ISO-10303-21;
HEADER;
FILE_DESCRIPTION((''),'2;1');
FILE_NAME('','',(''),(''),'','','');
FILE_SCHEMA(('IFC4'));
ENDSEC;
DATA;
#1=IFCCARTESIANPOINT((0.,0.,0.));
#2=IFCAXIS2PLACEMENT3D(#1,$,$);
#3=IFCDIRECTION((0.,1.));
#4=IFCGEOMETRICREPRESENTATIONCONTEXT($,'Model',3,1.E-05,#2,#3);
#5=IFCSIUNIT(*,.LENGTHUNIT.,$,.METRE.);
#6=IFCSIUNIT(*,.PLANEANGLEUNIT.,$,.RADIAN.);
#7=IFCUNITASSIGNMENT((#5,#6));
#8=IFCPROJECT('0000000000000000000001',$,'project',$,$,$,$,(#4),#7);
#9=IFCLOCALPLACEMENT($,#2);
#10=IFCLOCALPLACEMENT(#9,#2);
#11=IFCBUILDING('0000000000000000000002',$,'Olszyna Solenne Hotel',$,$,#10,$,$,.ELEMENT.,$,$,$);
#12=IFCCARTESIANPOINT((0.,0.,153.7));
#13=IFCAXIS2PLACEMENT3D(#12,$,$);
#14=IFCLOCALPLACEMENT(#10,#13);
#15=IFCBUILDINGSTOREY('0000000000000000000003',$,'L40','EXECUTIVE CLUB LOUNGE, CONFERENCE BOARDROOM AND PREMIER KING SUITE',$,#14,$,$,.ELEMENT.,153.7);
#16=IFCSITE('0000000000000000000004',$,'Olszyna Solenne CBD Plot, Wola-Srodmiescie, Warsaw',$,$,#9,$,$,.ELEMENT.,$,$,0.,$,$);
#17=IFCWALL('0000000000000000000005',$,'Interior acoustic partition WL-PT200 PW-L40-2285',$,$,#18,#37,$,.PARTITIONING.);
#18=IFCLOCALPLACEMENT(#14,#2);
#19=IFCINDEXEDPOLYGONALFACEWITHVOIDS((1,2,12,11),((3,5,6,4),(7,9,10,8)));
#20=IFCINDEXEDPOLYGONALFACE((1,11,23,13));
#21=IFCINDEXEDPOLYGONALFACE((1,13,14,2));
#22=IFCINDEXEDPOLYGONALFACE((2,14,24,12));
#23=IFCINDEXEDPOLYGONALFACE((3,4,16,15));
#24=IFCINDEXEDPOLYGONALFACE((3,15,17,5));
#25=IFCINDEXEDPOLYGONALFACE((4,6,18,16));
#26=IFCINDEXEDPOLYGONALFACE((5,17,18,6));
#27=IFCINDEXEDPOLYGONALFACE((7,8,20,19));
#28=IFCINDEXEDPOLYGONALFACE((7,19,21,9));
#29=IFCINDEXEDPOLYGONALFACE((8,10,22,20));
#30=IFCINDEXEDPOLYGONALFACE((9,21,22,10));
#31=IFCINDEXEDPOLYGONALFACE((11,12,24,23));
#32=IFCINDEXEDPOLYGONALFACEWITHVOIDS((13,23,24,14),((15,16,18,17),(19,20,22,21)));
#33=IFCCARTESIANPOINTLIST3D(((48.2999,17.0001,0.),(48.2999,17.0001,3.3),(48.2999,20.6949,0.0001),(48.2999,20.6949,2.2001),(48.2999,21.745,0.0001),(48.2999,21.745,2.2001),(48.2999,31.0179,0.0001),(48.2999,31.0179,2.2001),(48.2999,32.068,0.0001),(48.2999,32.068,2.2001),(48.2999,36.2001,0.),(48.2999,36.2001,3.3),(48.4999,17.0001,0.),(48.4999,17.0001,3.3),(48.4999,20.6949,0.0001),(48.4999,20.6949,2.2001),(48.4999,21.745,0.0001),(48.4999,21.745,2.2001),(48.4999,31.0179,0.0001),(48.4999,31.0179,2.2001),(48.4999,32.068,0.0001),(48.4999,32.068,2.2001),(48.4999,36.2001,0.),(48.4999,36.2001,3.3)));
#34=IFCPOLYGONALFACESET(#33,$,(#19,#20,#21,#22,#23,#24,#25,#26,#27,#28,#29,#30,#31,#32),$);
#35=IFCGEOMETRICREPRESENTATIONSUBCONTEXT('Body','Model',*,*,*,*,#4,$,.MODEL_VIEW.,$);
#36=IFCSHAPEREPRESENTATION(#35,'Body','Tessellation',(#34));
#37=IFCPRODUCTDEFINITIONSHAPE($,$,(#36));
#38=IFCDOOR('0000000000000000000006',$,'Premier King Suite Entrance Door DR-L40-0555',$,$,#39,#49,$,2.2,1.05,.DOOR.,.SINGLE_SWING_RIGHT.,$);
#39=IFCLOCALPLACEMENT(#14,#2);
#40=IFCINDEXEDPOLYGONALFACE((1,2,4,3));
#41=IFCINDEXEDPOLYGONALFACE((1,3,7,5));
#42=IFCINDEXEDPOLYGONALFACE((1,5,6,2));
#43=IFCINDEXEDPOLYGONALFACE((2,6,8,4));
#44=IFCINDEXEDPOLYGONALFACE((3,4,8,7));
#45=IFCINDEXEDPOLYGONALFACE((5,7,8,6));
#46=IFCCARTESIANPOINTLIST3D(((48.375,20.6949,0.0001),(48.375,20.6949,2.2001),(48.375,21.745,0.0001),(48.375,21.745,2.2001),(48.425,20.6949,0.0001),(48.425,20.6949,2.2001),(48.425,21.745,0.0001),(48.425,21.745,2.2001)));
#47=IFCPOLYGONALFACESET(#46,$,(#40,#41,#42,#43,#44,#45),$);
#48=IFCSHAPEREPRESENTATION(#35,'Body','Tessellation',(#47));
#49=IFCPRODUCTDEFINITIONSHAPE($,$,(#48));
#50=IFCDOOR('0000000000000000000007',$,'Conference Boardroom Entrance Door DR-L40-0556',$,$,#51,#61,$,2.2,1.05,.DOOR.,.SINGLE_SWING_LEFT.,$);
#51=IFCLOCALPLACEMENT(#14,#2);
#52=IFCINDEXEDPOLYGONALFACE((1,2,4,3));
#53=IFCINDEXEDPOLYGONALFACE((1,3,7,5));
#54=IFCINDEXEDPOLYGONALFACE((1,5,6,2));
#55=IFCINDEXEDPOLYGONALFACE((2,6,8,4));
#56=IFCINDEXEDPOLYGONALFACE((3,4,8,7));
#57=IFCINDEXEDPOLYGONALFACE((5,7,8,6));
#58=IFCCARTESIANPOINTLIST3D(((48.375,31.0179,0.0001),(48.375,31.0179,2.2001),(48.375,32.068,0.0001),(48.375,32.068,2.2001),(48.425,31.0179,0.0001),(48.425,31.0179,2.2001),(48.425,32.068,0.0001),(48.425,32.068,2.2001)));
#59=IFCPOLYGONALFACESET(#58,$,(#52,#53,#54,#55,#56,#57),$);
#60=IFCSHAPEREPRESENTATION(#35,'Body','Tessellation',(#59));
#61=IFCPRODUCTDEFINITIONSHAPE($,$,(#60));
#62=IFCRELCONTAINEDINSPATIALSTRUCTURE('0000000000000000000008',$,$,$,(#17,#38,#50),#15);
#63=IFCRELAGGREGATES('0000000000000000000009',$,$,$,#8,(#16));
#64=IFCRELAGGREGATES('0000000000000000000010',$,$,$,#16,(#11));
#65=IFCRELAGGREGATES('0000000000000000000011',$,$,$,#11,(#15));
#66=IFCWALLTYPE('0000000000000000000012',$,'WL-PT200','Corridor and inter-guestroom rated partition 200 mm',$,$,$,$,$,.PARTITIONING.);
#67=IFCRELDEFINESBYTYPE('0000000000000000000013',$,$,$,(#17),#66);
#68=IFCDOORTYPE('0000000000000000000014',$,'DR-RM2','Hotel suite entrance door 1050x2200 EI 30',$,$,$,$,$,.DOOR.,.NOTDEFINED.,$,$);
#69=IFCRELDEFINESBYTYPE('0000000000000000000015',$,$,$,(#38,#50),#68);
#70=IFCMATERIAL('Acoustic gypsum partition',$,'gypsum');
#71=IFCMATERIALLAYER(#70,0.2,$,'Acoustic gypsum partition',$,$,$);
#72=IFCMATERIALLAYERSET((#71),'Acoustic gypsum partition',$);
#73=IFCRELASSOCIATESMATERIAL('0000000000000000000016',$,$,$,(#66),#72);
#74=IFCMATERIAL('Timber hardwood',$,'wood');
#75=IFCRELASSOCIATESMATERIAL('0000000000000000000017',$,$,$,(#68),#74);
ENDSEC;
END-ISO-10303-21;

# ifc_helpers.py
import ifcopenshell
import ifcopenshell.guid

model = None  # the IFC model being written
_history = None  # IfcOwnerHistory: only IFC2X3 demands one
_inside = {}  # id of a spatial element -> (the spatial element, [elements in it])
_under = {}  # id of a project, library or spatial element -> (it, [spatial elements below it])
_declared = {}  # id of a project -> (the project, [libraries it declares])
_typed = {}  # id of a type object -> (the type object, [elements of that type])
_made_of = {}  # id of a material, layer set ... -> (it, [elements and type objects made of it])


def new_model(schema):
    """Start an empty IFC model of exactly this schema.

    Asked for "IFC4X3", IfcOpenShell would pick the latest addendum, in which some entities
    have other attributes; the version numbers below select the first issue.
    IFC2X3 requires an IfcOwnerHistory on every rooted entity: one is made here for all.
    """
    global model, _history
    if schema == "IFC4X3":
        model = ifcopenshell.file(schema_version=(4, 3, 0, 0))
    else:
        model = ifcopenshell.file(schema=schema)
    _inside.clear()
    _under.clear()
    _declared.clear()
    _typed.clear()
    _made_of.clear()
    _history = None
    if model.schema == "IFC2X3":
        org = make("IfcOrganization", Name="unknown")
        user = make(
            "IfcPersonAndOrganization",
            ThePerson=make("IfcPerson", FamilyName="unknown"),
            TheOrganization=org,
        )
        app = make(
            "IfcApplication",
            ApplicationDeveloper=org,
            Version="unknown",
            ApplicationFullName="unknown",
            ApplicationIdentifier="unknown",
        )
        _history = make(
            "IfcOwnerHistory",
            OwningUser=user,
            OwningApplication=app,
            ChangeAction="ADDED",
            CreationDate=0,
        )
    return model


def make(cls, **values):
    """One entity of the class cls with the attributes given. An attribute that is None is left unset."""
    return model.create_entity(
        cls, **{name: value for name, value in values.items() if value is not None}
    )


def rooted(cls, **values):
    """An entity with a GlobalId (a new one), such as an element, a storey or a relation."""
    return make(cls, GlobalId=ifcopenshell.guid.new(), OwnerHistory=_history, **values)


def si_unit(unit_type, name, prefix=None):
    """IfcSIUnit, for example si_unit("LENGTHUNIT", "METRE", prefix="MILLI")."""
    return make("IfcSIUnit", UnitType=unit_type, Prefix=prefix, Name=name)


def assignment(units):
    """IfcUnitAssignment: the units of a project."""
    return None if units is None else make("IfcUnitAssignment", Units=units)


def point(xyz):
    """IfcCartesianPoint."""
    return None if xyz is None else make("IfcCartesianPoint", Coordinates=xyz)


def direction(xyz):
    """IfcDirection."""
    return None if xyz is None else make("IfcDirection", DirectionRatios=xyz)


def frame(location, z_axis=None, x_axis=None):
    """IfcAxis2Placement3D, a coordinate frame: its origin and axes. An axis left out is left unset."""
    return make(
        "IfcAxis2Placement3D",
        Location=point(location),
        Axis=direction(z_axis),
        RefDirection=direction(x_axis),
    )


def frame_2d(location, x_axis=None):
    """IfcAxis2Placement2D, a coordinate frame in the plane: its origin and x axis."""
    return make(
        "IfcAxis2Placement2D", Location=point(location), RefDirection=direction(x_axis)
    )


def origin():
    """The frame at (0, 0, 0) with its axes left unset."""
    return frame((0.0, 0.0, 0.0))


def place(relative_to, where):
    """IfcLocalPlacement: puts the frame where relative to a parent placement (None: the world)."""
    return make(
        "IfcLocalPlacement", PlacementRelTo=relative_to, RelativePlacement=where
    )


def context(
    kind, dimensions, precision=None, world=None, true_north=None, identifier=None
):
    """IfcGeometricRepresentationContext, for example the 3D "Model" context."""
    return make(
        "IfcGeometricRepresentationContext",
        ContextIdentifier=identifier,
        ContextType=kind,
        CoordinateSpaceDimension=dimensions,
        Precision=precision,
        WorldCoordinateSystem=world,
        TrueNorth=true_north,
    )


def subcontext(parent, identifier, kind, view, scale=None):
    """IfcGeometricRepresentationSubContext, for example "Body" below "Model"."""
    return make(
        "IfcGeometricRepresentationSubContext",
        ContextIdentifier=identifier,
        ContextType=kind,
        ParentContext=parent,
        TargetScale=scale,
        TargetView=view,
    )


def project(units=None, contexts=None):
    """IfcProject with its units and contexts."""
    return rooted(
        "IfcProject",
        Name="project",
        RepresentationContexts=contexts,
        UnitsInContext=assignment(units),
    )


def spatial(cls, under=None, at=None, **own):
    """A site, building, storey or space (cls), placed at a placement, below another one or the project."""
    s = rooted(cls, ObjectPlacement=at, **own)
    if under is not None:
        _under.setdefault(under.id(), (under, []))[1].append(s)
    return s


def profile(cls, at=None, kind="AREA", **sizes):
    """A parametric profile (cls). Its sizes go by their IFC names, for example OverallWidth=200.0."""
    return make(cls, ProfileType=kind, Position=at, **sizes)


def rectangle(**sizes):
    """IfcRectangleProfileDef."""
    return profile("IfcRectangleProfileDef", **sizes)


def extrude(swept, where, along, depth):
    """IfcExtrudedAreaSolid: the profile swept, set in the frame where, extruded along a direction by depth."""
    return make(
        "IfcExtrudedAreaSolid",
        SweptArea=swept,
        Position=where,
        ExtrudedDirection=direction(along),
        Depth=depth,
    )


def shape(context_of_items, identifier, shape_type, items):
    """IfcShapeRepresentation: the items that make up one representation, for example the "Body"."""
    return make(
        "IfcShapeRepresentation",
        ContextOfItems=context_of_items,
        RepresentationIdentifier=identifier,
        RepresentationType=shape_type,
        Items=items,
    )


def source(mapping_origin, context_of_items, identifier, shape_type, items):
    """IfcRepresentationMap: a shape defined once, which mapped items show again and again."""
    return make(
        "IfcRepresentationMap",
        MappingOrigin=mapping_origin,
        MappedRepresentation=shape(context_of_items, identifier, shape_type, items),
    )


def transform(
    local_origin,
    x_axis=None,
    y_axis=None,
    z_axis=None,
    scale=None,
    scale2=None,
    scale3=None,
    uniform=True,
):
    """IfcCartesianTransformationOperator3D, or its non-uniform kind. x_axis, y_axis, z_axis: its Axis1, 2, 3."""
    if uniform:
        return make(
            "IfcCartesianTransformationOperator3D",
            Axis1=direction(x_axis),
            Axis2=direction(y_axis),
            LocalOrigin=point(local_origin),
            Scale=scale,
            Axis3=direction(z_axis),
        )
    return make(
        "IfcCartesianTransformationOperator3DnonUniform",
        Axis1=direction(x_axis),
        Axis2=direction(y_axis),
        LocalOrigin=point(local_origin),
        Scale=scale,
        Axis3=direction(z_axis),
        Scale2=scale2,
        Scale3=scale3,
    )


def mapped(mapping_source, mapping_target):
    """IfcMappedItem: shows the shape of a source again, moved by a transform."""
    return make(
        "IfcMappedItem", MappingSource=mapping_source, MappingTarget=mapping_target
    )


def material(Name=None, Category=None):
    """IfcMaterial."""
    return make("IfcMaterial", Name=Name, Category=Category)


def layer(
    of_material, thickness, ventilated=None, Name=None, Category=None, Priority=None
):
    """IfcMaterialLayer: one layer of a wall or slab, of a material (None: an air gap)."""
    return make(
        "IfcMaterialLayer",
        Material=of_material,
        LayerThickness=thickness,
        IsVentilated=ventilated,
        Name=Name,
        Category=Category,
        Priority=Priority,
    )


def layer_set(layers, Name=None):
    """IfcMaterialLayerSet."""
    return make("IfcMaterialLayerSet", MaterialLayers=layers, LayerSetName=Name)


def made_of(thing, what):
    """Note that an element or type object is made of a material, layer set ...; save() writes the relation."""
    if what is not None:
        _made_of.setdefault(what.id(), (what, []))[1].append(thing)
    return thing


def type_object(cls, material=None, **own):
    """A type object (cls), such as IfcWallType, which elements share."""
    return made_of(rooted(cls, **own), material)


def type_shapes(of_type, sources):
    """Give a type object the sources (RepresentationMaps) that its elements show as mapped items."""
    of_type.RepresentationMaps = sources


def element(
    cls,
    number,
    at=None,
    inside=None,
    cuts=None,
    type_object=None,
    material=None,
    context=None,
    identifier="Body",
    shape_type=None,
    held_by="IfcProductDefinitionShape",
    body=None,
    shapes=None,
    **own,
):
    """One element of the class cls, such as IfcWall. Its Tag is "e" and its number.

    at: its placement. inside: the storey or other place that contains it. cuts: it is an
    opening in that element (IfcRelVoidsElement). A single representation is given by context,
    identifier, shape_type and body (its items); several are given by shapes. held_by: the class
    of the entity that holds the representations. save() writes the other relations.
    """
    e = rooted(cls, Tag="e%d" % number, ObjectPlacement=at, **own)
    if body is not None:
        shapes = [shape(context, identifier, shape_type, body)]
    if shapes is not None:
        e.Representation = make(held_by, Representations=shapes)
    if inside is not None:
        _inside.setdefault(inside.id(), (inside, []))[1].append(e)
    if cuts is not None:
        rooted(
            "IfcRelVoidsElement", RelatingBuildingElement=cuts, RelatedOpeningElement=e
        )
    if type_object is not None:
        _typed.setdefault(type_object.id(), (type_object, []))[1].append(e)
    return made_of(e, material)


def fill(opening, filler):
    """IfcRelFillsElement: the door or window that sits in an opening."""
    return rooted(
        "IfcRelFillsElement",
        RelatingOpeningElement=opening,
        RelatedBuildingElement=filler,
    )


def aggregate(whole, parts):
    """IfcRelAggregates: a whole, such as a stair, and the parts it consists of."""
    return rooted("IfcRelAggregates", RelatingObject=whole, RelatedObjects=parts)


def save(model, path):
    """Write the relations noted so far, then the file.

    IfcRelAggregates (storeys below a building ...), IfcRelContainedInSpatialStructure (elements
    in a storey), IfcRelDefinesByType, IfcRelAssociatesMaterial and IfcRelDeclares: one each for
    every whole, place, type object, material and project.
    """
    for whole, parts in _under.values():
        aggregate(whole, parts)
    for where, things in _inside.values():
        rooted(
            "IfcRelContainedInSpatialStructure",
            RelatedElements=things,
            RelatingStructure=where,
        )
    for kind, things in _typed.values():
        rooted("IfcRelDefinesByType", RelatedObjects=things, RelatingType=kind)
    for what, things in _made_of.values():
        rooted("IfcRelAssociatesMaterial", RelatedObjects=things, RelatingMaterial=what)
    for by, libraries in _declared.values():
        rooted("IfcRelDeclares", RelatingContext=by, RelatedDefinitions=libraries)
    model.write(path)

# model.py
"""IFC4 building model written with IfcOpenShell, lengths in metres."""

from ifc_helpers import new_model, si_unit, direction, frame, frame_2d, origin, place, context, subcontext, project, spatial, rectangle, extrude, source, transform, mapped, material, layer, layer_set, type_object, type_shapes, element, fill, save


model = new_model("IFC4")

# Units and contexts
model_context = context("Model", 3, precision=1e-05, world=origin(), true_north=direction((0.0, 1.0)))
body_context = subcontext(model_context, "Body", "Model", "MODEL_VIEW")
ifc_project = project(units=[si_unit("LENGTHUNIT", "METRE"), si_unit("PLANEANGLEUNIT", "RADIAN")], contexts=[model_context])

# Site, building, storey
site_placement = place(None, origin())
site = spatial("IfcSite", under=ifc_project, at=site_placement, Name="Olszyna Solenne CBD Plot, Wola-Srodmiescie, Warsaw", CompositionType="ELEMENT", RefElevation=0.0)
building_placement = place(site_placement, origin())
building = spatial("IfcBuilding", under=site, at=building_placement, Name="Olszyna Solenne Hotel", CompositionType="ELEMENT")
storey_placement = place(building_placement, frame((0.0, 0.0, 153.7)))
storey = spatial("IfcBuildingStorey", under=building, at=storey_placement, Name="L40", Description="EXECUTIVE CLUB LOUNGE, CONFERENCE BOARDROOM AND PREMIER KING SUITE", CompositionType="ELEMENT", Elevation=153.7)

# Shared definitions
ifc_material_1 = material(Name="Acoustic gypsum partition", Category="gypsum")

# Shared definitions
ifc_layer_1 = layer(ifc_material_1, 0.2, Name="Acoustic gypsum partition")
ifc_layer_set_1 = layer_set([ifc_layer_1], Name="Acoustic gypsum partition")
wall_type_1 = type_object("IfcWallType", Name="WL-PT200", Description="Corridor and inter-guestroom rated partition 200 mm", PredefinedType="PARTITIONING", material=ifc_layer_set_1)

# Wall, openings, doors
wall_1_placement = place(storey_placement, frame((48.3999, 17.0, 0.0), z_axis=(0.0, 0.0, 1.0), x_axis=(0.0, 1.0, 0.0)))
wall_1 = element("IfcWall", 1, at=wall_1_placement, inside=storey, type_object=wall_type_1, Name="Interior acoustic partition WL-PT200 PW-L40-2285", PredefinedType="PARTITIONING", context=body_context, shape_type="SweptSolid", body=[
    extrude(rectangle(XDim=19.2, YDim=0.2, at=frame_2d((9.6001, 0.0))), origin(), (0.0, 0.0, 1.0), 3.3),
])
opening_1_placement = place(wall_1_placement, frame((3.6951, 0.0, 0.0)))
opening_1 = element("IfcOpeningElement", 2, at=opening_1_placement, cuts=wall_1, PredefinedType="OPENING", context=body_context, shape_type="SweptSolid", body=[
    extrude(rectangle(XDim=1.05, YDim=2.2, at=frame_2d((0.5249, 1.1001))), frame((0.0, 0.1099, 0.0), z_axis=(0.0, -1.0, 0.0), x_axis=(1.0, 0.0, 0.0)), (0.0, 0.0, 1.0), 0.22),
])
opening_2_placement = place(wall_1_placement, frame((14.0181, 0.0, 0.0)))
opening_2 = element("IfcOpeningElement", 3, at=opening_2_placement, cuts=wall_1, PredefinedType="OPENING", context=body_context, shape_type="SweptSolid", body=[
    extrude(rectangle(XDim=1.05, YDim=2.2, at=frame_2d((0.5249, 1.1001))), frame((0.0, 0.1099, 0.0), z_axis=(0.0, -1.0, 0.0), x_axis=(1.0, 0.0, 0.0)), (0.0, 0.0, 1.0), 0.22),
])
ifc_material_2 = material(Name="Timber hardwood", Category="wood")
door_type_1 = type_object("IfcDoorType", Name="DR-RM2", Description="Hotel suite entrance door 1050x2200 EI 30", OperationType="NOTDEFINED", PredefinedType="DOOR", material=ifc_material_2)
shared_shape_1 = source(origin(), body_context, "Body", "SweptSolid", [
    extrude(rectangle(XDim=1.05, YDim=2.2, at=frame_2d((0.5249, 1.1001))), frame((0.0, 0.0249, 0.0), z_axis=(0.0, -1.0, 0.0), x_axis=(1.0, 0.0, 0.0)), (0.0, 0.0, 1.0), 0.05),
])
type_shapes(door_type_1, [shared_shape_1])
door_1_placement = place(opening_1_placement, origin())
door_1 = element("IfcDoor", 4, at=door_1_placement, inside=storey, type_object=door_type_1, Name="Premier King Suite Entrance Door DR-L40-0555", OperationType="SINGLE_SWING_RIGHT", OverallHeight=2.2, OverallWidth=1.05, PredefinedType="DOOR", context=body_context, shape_type="MappedRepresentation", body=[
    mapped(shared_shape_1, transform((0.0, 0.0, 0.0), x_axis=(1.0, 0.0, 0.0), y_axis=(0.0, 1.0, 0.0), z_axis=(0.0, 0.0, 1.0), scale=1.0)),
])
fill(opening_1, door_1)
door_2_placement = place(opening_2_placement, origin())
door_2 = element("IfcDoor", 5, at=door_2_placement, inside=storey, type_object=door_type_1, Name="Conference Boardroom Entrance Door DR-L40-0556", OperationType="SINGLE_SWING_LEFT", OverallHeight=2.2, OverallWidth=1.05, PredefinedType="DOOR", context=body_context, shape_type="MappedRepresentation", body=[
    mapped(shared_shape_1, transform((0.0, 0.0, 0.0), x_axis=(1.0, 0.0, 0.0), y_axis=(0.0, 1.0, 0.0), z_axis=(0.0, 0.0, 1.0), scale=1.0)),
])
fill(opening_2, door_2)

save(model, "model.ifc")
